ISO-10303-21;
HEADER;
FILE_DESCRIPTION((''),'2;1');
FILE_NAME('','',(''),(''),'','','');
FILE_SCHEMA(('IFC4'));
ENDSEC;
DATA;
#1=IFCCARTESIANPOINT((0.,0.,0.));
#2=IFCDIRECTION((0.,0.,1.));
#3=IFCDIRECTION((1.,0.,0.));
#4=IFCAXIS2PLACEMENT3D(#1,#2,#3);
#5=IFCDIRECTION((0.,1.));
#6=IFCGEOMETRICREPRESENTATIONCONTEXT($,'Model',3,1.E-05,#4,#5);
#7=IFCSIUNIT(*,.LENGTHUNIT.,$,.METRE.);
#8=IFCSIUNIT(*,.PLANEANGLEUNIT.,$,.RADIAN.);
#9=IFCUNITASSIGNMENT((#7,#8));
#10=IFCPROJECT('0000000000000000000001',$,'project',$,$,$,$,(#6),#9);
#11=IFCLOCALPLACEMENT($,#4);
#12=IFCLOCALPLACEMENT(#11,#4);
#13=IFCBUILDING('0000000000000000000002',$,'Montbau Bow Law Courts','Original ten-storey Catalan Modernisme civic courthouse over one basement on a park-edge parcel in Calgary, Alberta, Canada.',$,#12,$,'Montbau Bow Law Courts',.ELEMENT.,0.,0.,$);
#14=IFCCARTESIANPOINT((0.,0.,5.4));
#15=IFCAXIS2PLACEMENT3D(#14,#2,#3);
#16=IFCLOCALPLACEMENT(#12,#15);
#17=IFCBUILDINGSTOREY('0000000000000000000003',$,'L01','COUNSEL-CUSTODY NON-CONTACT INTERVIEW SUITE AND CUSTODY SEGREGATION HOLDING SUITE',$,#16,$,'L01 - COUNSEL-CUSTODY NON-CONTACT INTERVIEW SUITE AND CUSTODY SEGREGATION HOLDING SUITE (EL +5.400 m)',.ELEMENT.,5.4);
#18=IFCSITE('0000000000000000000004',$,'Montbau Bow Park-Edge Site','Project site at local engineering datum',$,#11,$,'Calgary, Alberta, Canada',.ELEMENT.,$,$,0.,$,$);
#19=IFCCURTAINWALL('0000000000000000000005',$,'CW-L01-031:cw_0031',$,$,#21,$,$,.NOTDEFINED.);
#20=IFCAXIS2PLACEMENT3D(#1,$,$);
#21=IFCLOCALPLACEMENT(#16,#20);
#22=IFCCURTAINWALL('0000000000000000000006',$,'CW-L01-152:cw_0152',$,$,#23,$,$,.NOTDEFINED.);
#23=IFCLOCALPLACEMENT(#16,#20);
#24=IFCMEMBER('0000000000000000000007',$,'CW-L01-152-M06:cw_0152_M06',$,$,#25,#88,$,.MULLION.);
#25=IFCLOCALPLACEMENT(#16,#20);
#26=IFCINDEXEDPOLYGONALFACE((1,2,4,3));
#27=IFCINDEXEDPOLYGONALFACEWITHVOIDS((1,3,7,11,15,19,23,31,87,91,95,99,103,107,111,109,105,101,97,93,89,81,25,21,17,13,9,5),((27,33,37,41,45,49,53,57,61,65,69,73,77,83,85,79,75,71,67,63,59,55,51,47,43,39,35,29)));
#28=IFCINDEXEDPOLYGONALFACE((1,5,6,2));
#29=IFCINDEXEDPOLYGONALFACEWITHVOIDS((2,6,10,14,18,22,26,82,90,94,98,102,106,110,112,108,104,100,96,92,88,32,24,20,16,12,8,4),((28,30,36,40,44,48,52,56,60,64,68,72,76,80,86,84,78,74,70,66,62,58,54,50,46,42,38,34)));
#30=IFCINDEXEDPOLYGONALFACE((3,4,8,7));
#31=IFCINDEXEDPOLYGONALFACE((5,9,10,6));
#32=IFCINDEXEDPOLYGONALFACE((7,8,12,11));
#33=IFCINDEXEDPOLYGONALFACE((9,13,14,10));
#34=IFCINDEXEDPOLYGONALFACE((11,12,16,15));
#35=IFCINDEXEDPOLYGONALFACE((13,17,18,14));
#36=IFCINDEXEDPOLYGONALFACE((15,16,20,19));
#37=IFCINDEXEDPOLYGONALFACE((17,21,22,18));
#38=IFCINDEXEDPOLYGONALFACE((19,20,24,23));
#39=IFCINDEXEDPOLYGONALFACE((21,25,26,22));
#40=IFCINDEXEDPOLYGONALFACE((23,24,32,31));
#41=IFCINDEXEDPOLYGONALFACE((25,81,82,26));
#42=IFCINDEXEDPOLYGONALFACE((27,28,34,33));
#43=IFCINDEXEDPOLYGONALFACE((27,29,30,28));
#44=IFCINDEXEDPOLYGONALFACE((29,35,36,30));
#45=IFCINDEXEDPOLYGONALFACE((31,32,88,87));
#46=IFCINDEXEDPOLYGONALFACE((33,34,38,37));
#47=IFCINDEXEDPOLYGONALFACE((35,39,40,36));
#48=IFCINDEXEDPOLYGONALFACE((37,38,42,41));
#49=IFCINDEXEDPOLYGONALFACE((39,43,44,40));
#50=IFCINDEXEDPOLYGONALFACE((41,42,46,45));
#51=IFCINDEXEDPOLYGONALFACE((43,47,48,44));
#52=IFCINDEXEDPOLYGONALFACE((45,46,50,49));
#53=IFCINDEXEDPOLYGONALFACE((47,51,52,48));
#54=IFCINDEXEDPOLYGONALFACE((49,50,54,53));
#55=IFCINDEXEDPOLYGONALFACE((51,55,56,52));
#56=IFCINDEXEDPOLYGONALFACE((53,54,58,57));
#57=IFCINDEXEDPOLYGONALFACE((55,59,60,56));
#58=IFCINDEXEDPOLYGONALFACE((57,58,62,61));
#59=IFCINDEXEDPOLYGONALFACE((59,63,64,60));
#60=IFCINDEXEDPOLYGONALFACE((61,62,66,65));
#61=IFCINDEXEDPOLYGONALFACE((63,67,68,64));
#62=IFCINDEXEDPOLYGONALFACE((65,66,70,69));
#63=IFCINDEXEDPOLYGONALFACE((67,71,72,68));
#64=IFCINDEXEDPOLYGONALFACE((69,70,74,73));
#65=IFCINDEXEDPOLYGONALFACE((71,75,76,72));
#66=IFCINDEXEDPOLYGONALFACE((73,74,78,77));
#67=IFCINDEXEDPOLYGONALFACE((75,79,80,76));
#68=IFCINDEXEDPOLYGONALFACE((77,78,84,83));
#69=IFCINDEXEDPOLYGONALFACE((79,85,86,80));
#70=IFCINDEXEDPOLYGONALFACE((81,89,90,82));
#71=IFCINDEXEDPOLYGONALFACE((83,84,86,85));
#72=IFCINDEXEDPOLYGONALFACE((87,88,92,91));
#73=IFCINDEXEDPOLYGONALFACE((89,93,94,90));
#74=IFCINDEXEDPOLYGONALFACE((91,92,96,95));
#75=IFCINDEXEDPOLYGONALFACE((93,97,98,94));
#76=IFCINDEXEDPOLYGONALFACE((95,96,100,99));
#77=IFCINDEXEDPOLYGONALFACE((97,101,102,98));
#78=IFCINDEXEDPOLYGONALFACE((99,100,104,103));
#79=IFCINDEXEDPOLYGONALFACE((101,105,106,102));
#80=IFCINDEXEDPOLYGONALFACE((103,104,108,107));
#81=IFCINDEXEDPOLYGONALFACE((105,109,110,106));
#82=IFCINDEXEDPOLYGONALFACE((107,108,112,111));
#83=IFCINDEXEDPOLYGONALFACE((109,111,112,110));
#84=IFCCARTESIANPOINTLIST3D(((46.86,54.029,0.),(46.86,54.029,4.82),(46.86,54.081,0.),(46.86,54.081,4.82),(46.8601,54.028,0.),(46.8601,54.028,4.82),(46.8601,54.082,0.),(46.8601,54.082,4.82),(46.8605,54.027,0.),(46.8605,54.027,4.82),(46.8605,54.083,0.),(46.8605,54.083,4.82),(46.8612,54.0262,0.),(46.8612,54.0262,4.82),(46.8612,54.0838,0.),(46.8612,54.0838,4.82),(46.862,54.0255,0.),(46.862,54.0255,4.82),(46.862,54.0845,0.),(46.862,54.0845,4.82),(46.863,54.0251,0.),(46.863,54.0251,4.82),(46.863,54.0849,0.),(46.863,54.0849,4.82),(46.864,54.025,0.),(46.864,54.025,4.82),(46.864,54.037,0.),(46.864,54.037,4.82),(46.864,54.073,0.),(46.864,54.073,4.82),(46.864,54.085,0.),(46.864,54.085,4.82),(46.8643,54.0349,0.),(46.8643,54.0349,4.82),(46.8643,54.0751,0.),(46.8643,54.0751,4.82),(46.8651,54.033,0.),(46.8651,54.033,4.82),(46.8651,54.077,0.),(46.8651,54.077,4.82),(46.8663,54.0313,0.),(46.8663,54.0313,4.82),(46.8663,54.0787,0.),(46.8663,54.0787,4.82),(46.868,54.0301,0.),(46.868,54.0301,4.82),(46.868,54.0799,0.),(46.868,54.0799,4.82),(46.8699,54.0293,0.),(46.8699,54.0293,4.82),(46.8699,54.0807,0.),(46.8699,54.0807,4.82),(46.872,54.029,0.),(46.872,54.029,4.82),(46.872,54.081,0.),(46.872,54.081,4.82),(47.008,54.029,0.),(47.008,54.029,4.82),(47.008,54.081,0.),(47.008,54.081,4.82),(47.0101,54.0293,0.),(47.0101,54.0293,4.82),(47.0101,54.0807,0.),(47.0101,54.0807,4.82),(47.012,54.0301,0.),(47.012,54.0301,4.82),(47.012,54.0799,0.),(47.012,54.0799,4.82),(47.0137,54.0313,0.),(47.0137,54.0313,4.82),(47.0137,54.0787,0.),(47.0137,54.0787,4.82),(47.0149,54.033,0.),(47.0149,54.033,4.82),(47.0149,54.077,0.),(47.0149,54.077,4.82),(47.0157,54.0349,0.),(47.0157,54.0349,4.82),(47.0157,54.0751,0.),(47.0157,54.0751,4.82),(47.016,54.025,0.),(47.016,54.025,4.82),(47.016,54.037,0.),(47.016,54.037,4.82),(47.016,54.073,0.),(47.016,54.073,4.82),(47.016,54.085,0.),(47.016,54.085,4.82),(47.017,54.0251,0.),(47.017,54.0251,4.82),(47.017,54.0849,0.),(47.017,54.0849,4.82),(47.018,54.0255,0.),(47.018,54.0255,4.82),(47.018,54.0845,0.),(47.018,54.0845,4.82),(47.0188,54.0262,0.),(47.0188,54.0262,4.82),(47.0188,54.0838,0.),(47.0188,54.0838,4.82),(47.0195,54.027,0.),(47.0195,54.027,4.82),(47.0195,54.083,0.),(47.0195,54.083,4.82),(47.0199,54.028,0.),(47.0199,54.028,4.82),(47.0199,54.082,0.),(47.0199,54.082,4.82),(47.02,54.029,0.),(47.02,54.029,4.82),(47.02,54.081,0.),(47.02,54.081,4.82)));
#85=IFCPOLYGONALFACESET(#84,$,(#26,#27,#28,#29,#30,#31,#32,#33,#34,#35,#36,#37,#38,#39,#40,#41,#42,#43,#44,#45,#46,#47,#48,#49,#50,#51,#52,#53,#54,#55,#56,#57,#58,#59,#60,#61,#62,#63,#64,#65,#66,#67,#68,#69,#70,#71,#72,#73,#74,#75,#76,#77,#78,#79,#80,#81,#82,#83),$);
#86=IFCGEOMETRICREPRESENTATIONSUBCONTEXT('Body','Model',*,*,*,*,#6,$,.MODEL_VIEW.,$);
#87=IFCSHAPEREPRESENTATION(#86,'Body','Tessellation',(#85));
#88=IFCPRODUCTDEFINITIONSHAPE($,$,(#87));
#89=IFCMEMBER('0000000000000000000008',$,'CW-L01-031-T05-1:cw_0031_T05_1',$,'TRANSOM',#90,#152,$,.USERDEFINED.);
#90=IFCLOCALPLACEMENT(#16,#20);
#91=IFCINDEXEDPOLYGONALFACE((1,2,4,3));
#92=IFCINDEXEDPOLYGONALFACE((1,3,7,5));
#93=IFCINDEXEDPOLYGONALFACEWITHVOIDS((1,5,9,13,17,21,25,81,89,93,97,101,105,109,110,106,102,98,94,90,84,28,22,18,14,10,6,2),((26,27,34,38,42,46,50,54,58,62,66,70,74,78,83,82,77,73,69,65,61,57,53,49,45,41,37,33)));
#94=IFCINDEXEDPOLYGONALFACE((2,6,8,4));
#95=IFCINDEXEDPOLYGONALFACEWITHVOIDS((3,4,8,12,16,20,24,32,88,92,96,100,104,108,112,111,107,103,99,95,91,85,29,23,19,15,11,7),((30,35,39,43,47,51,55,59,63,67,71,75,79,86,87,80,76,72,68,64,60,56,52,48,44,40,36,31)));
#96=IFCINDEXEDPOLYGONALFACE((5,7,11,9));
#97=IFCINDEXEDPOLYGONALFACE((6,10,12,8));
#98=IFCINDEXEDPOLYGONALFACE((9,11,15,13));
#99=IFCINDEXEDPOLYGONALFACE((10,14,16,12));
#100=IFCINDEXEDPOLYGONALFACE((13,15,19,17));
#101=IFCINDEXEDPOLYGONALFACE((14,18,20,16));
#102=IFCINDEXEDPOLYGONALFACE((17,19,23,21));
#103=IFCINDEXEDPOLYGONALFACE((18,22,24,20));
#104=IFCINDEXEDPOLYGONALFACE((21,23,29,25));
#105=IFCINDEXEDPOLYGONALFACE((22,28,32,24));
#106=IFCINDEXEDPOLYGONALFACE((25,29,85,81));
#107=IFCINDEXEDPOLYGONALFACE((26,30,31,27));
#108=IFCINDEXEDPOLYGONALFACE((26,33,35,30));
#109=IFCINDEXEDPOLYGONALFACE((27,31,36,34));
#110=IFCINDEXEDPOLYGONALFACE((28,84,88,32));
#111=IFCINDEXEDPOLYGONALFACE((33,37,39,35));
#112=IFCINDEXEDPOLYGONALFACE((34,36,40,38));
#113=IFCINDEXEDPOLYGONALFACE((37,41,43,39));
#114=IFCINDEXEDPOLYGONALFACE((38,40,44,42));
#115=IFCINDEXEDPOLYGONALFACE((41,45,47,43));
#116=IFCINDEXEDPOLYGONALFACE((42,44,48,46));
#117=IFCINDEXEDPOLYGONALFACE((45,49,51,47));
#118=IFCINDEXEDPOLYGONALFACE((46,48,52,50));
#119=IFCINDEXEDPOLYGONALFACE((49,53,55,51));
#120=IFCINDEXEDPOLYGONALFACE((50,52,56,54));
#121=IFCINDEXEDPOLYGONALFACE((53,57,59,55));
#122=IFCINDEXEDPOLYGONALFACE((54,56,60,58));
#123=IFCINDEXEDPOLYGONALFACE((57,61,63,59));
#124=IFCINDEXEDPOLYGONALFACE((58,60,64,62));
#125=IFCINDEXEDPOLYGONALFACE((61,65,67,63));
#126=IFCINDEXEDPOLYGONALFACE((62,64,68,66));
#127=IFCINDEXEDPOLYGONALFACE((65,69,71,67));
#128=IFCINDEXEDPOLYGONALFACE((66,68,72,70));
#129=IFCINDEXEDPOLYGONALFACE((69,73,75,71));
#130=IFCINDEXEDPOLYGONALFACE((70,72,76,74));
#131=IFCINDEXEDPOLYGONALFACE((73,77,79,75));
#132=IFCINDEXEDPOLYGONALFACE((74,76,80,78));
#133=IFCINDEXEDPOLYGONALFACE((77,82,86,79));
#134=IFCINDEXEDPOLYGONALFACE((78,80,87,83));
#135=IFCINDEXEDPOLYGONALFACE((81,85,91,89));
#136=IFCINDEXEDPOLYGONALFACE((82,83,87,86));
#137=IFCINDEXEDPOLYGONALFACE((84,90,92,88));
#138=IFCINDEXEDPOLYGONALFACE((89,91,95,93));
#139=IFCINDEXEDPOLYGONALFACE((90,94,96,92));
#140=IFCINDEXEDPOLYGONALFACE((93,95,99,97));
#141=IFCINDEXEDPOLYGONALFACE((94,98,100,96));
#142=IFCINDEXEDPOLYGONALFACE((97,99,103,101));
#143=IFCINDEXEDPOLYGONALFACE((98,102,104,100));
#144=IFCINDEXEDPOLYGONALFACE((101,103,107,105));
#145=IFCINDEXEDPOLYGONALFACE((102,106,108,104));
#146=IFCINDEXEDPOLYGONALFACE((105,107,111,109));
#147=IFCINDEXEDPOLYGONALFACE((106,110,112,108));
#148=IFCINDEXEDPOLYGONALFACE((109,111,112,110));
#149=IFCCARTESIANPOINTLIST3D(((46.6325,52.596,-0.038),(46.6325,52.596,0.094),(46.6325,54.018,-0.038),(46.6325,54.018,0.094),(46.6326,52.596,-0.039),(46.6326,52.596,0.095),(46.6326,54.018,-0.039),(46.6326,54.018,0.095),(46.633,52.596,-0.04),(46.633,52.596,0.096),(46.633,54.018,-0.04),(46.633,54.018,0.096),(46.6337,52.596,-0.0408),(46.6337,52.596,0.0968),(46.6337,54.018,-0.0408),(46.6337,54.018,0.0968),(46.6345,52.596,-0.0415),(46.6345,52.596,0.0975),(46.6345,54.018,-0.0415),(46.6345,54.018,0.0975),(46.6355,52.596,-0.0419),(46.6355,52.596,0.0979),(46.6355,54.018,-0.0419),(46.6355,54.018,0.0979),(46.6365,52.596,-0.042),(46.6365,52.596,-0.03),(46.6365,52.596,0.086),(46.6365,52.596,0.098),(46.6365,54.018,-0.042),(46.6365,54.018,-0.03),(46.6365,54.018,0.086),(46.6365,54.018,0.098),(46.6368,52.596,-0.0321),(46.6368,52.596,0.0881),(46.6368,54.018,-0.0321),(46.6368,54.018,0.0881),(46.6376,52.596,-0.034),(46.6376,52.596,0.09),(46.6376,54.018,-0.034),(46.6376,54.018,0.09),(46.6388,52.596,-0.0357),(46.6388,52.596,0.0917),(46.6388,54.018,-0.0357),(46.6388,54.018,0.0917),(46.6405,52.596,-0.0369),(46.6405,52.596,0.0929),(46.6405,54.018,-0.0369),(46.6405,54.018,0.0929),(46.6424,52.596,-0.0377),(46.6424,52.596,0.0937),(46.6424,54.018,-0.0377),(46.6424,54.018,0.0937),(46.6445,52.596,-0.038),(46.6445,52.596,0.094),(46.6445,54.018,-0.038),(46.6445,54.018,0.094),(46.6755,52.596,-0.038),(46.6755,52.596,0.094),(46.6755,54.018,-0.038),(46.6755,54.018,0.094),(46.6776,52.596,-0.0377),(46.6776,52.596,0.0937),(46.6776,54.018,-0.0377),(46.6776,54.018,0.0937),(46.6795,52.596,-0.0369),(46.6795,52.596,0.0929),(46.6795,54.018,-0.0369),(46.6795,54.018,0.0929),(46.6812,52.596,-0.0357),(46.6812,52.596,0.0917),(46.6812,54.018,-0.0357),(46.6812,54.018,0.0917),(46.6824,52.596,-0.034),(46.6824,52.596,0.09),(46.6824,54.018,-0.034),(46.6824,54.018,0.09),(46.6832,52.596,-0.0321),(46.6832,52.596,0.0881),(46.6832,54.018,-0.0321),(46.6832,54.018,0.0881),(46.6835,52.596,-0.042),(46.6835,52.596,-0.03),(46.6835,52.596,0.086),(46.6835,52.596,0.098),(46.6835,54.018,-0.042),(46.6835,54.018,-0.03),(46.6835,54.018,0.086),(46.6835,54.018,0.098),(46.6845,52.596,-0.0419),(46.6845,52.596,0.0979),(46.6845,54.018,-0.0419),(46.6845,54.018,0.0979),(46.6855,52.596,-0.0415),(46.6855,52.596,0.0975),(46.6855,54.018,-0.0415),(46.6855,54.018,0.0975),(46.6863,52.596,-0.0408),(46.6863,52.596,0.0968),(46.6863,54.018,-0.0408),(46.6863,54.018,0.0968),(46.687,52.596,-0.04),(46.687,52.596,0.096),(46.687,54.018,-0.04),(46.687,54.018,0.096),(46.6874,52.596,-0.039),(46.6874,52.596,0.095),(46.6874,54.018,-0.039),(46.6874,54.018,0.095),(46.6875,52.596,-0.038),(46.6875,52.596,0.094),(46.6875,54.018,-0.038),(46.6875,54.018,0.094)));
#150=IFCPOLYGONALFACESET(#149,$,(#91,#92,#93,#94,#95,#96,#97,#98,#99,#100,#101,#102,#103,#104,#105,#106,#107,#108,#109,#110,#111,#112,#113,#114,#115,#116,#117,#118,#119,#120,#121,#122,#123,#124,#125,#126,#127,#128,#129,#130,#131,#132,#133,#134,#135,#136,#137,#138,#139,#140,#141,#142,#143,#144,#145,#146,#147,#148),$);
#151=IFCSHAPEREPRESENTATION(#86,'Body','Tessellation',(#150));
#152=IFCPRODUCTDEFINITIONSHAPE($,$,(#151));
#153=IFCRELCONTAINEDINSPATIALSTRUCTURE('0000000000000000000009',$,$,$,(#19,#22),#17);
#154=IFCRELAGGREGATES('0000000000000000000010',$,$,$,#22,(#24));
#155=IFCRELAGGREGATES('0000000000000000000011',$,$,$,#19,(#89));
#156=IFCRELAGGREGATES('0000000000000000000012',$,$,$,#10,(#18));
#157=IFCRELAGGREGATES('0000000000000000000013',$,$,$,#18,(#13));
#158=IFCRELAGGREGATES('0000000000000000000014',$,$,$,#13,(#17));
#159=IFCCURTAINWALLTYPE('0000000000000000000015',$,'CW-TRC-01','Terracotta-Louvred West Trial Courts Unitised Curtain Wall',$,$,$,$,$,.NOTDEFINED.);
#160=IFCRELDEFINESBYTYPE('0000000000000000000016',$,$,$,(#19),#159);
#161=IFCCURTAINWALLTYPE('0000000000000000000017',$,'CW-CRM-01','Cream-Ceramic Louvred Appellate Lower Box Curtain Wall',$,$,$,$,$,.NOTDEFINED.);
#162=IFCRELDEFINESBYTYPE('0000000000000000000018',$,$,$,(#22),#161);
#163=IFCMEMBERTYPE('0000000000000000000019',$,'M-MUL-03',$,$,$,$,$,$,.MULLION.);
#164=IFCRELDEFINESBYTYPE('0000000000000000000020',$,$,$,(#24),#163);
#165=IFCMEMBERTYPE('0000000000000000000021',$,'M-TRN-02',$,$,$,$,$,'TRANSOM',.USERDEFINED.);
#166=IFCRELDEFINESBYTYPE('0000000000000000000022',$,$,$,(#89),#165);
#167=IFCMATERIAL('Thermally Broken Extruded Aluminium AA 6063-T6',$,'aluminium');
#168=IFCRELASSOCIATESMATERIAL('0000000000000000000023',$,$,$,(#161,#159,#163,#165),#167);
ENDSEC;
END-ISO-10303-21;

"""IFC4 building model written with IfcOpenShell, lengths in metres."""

from ifc_helpers import new_model, si_unit, direction, frame, origin_with_axes, origin_2d_with_axis, place, context, subcontext, project, spatial, hollow_rectangle, extrude, material, material_profile, profile_set, type_object, element, aggregate, save


model = new_model("IFC4")

# Units and contexts
model_context = context("Model", 3, precision=1e-05, world=origin_with_axes(), true_north=direction((0.0, 1.0)))
body_context = subcontext(model_context, "Body", "Model", "MODEL_VIEW")
ifc_project = project(units=[si_unit("LENGTHUNIT", "METRE"), si_unit("PLANEANGLEUNIT", "RADIAN")], contexts=[model_context])

# Site, building, storey
site_placement = place(None, origin_with_axes())
site = spatial("IfcSite", under=ifc_project, at=site_placement, Name="Montbau Bow Park-Edge Site", Description="Project site at local engineering datum", LongName="Calgary, Alberta, Canada", CompositionType="ELEMENT", RefElevation=0.0)
building_placement = place(site_placement, origin_with_axes())
building = spatial("IfcBuilding", under=site, at=building_placement, Name="Montbau Bow Law Courts", Description="Original ten-storey Catalan Modernisme civic courthouse over one basement on a park-edge parcel in Calgary, Alberta, Canada.", LongName="Montbau Bow Law Courts", CompositionType="ELEMENT", ElevationOfRefHeight=0.0, ElevationOfTerrain=0.0)
storey_placement = place(building_placement, frame((0.0, 0.0, 5.4), z_axis=(0.0, 0.0, 1.0), x_axis=(1.0, 0.0, 0.0)))
storey = spatial("IfcBuildingStorey", under=building, at=storey_placement, Name="L01", Description="COUNSEL-CUSTODY NON-CONTACT INTERVIEW SUITE AND CUSTODY SEGREGATION HOLDING SUITE", LongName="L01 - COUNSEL-CUSTODY NON-CONTACT INTERVIEW SUITE AND CUSTODY SEGREGATION HOLDING SUITE (EL +5.400 m)", CompositionType="ELEMENT", Elevation=5.4)

# Curtain walls, member
ifc_material_1 = material(Name="Thermally Broken Extruded Aluminium AA 6063-T6", Category="aluminium")
curtain_wall_type_1 = type_object("IfcCurtainWallType", Name="CW-CRM-01", Description="Cream-Ceramic Louvred Appellate Lower Box Curtain Wall", PredefinedType="NOTDEFINED", material=ifc_material_1)
curtain_wall_type_2 = type_object("IfcCurtainWallType", Name="CW-TRC-01", Description="Terracotta-Louvred West Trial Courts Unitised Curtain Wall", PredefinedType="NOTDEFINED", material=ifc_material_1)
curtain_wall_1_placement = place(None, frame((46.66, 46.468, 5.4), z_axis=(0.0, 0.0, 1.0), x_axis=(1.0, 0.0, 0.0)))
curtain_wall_1 = element("IfcCurtainWall", 1, at=curtain_wall_1_placement, inside=storey, type_object=curtain_wall_type_2, Name="CW-L01-031:cw_0031", PredefinedType="NOTDEFINED")
curtain_wall_2_placement = place(None, frame((46.94, 46.468, 5.4), z_axis=(0.0, 0.0, 1.0), x_axis=(1.0, 0.0, 0.0)))
curtain_wall_2 = element("IfcCurtainWall", 2, at=curtain_wall_2_placement, inside=storey, type_object=curtain_wall_type_1, Name="CW-L01-152:cw_0152", PredefinedType="NOTDEFINED")
ifc_material_profile_1 = material_profile(ifc_material_1, hollow_rectangle(XDim=0.06, YDim=0.16, WallThickness=0.004, InnerFilletRadius=0.008, OuterFilletRadius=0.004, at=origin_2d_with_axis()), Name="CWM-160X60", Category="Main", Priority=0)
ifc_profile_set_1 = profile_set([ifc_material_profile_1], Name="Thermally Broken Extruded Aluminium AA 6063-T6")
member_type_1 = type_object("IfcMemberType", Name="M-MUL-03", PredefinedType="MULLION", material=ifc_profile_set_1)
member_1_placement = place(None, frame((46.94, 54.055, 5.4), z_axis=(0.0, 0.0, 1.0), x_axis=(0.0, 1.0, 0.0)))
member_1 = element("IfcMember", 3, at=member_1_placement, type_object=member_type_1, Name="CW-L01-152-M06:cw_0152_M06", PredefinedType="MULLION", context=body_context, shape_type="SweptSolid", body=[
    extrude(hollow_rectangle(XDim=0.06, YDim=0.16, WallThickness=0.004, InnerFilletRadius=0.008, OuterFilletRadius=0.004, at=origin_2d_with_axis()), origin_with_axes(), (0.0, 0.0, 1.0), 4.82),
])
aggregate(curtain_wall_2, [member_1])

# Member
ifc_material_profile_2 = material_profile(ifc_material_1, hollow_rectangle(XDim=0.055, YDim=0.14, WallThickness=0.004, InnerFilletRadius=0.008, OuterFilletRadius=0.004, at=origin_2d_with_axis()), Name="CWT-140X55", Category="Main", Priority=0)
ifc_profile_set_2 = profile_set([ifc_material_profile_2], Name="Thermally Broken Extruded Aluminium AA 6063-T6")
member_type_2 = type_object("IfcMemberType", Name="M-TRN-02", ElementType="TRANSOM", PredefinedType="USERDEFINED", material=ifc_profile_set_2)
member_2_placement = place(None, frame((46.66, 52.596, 5.428), z_axis=(0.0, 1.0, 0.0), x_axis=(-1.0, 0.0, 0.0)))
member_2 = element("IfcMember", 4, at=member_2_placement, type_object=member_type_2, Name="CW-L01-031-T05-1:cw_0031_T05_1", ObjectType="TRANSOM", PredefinedType="USERDEFINED", context=body_context, shape_type="SweptSolid", body=[
    extrude(hollow_rectangle(XDim=0.055, YDim=0.14, WallThickness=0.004, InnerFilletRadius=0.008, OuterFilletRadius=0.004, at=origin_2d_with_axis()), origin_with_axes(), (0.0, 0.0, 1.0), 1.422),
])

aggregate(curtain_wall_1, [member_2])

save(model, "model.ifc")
